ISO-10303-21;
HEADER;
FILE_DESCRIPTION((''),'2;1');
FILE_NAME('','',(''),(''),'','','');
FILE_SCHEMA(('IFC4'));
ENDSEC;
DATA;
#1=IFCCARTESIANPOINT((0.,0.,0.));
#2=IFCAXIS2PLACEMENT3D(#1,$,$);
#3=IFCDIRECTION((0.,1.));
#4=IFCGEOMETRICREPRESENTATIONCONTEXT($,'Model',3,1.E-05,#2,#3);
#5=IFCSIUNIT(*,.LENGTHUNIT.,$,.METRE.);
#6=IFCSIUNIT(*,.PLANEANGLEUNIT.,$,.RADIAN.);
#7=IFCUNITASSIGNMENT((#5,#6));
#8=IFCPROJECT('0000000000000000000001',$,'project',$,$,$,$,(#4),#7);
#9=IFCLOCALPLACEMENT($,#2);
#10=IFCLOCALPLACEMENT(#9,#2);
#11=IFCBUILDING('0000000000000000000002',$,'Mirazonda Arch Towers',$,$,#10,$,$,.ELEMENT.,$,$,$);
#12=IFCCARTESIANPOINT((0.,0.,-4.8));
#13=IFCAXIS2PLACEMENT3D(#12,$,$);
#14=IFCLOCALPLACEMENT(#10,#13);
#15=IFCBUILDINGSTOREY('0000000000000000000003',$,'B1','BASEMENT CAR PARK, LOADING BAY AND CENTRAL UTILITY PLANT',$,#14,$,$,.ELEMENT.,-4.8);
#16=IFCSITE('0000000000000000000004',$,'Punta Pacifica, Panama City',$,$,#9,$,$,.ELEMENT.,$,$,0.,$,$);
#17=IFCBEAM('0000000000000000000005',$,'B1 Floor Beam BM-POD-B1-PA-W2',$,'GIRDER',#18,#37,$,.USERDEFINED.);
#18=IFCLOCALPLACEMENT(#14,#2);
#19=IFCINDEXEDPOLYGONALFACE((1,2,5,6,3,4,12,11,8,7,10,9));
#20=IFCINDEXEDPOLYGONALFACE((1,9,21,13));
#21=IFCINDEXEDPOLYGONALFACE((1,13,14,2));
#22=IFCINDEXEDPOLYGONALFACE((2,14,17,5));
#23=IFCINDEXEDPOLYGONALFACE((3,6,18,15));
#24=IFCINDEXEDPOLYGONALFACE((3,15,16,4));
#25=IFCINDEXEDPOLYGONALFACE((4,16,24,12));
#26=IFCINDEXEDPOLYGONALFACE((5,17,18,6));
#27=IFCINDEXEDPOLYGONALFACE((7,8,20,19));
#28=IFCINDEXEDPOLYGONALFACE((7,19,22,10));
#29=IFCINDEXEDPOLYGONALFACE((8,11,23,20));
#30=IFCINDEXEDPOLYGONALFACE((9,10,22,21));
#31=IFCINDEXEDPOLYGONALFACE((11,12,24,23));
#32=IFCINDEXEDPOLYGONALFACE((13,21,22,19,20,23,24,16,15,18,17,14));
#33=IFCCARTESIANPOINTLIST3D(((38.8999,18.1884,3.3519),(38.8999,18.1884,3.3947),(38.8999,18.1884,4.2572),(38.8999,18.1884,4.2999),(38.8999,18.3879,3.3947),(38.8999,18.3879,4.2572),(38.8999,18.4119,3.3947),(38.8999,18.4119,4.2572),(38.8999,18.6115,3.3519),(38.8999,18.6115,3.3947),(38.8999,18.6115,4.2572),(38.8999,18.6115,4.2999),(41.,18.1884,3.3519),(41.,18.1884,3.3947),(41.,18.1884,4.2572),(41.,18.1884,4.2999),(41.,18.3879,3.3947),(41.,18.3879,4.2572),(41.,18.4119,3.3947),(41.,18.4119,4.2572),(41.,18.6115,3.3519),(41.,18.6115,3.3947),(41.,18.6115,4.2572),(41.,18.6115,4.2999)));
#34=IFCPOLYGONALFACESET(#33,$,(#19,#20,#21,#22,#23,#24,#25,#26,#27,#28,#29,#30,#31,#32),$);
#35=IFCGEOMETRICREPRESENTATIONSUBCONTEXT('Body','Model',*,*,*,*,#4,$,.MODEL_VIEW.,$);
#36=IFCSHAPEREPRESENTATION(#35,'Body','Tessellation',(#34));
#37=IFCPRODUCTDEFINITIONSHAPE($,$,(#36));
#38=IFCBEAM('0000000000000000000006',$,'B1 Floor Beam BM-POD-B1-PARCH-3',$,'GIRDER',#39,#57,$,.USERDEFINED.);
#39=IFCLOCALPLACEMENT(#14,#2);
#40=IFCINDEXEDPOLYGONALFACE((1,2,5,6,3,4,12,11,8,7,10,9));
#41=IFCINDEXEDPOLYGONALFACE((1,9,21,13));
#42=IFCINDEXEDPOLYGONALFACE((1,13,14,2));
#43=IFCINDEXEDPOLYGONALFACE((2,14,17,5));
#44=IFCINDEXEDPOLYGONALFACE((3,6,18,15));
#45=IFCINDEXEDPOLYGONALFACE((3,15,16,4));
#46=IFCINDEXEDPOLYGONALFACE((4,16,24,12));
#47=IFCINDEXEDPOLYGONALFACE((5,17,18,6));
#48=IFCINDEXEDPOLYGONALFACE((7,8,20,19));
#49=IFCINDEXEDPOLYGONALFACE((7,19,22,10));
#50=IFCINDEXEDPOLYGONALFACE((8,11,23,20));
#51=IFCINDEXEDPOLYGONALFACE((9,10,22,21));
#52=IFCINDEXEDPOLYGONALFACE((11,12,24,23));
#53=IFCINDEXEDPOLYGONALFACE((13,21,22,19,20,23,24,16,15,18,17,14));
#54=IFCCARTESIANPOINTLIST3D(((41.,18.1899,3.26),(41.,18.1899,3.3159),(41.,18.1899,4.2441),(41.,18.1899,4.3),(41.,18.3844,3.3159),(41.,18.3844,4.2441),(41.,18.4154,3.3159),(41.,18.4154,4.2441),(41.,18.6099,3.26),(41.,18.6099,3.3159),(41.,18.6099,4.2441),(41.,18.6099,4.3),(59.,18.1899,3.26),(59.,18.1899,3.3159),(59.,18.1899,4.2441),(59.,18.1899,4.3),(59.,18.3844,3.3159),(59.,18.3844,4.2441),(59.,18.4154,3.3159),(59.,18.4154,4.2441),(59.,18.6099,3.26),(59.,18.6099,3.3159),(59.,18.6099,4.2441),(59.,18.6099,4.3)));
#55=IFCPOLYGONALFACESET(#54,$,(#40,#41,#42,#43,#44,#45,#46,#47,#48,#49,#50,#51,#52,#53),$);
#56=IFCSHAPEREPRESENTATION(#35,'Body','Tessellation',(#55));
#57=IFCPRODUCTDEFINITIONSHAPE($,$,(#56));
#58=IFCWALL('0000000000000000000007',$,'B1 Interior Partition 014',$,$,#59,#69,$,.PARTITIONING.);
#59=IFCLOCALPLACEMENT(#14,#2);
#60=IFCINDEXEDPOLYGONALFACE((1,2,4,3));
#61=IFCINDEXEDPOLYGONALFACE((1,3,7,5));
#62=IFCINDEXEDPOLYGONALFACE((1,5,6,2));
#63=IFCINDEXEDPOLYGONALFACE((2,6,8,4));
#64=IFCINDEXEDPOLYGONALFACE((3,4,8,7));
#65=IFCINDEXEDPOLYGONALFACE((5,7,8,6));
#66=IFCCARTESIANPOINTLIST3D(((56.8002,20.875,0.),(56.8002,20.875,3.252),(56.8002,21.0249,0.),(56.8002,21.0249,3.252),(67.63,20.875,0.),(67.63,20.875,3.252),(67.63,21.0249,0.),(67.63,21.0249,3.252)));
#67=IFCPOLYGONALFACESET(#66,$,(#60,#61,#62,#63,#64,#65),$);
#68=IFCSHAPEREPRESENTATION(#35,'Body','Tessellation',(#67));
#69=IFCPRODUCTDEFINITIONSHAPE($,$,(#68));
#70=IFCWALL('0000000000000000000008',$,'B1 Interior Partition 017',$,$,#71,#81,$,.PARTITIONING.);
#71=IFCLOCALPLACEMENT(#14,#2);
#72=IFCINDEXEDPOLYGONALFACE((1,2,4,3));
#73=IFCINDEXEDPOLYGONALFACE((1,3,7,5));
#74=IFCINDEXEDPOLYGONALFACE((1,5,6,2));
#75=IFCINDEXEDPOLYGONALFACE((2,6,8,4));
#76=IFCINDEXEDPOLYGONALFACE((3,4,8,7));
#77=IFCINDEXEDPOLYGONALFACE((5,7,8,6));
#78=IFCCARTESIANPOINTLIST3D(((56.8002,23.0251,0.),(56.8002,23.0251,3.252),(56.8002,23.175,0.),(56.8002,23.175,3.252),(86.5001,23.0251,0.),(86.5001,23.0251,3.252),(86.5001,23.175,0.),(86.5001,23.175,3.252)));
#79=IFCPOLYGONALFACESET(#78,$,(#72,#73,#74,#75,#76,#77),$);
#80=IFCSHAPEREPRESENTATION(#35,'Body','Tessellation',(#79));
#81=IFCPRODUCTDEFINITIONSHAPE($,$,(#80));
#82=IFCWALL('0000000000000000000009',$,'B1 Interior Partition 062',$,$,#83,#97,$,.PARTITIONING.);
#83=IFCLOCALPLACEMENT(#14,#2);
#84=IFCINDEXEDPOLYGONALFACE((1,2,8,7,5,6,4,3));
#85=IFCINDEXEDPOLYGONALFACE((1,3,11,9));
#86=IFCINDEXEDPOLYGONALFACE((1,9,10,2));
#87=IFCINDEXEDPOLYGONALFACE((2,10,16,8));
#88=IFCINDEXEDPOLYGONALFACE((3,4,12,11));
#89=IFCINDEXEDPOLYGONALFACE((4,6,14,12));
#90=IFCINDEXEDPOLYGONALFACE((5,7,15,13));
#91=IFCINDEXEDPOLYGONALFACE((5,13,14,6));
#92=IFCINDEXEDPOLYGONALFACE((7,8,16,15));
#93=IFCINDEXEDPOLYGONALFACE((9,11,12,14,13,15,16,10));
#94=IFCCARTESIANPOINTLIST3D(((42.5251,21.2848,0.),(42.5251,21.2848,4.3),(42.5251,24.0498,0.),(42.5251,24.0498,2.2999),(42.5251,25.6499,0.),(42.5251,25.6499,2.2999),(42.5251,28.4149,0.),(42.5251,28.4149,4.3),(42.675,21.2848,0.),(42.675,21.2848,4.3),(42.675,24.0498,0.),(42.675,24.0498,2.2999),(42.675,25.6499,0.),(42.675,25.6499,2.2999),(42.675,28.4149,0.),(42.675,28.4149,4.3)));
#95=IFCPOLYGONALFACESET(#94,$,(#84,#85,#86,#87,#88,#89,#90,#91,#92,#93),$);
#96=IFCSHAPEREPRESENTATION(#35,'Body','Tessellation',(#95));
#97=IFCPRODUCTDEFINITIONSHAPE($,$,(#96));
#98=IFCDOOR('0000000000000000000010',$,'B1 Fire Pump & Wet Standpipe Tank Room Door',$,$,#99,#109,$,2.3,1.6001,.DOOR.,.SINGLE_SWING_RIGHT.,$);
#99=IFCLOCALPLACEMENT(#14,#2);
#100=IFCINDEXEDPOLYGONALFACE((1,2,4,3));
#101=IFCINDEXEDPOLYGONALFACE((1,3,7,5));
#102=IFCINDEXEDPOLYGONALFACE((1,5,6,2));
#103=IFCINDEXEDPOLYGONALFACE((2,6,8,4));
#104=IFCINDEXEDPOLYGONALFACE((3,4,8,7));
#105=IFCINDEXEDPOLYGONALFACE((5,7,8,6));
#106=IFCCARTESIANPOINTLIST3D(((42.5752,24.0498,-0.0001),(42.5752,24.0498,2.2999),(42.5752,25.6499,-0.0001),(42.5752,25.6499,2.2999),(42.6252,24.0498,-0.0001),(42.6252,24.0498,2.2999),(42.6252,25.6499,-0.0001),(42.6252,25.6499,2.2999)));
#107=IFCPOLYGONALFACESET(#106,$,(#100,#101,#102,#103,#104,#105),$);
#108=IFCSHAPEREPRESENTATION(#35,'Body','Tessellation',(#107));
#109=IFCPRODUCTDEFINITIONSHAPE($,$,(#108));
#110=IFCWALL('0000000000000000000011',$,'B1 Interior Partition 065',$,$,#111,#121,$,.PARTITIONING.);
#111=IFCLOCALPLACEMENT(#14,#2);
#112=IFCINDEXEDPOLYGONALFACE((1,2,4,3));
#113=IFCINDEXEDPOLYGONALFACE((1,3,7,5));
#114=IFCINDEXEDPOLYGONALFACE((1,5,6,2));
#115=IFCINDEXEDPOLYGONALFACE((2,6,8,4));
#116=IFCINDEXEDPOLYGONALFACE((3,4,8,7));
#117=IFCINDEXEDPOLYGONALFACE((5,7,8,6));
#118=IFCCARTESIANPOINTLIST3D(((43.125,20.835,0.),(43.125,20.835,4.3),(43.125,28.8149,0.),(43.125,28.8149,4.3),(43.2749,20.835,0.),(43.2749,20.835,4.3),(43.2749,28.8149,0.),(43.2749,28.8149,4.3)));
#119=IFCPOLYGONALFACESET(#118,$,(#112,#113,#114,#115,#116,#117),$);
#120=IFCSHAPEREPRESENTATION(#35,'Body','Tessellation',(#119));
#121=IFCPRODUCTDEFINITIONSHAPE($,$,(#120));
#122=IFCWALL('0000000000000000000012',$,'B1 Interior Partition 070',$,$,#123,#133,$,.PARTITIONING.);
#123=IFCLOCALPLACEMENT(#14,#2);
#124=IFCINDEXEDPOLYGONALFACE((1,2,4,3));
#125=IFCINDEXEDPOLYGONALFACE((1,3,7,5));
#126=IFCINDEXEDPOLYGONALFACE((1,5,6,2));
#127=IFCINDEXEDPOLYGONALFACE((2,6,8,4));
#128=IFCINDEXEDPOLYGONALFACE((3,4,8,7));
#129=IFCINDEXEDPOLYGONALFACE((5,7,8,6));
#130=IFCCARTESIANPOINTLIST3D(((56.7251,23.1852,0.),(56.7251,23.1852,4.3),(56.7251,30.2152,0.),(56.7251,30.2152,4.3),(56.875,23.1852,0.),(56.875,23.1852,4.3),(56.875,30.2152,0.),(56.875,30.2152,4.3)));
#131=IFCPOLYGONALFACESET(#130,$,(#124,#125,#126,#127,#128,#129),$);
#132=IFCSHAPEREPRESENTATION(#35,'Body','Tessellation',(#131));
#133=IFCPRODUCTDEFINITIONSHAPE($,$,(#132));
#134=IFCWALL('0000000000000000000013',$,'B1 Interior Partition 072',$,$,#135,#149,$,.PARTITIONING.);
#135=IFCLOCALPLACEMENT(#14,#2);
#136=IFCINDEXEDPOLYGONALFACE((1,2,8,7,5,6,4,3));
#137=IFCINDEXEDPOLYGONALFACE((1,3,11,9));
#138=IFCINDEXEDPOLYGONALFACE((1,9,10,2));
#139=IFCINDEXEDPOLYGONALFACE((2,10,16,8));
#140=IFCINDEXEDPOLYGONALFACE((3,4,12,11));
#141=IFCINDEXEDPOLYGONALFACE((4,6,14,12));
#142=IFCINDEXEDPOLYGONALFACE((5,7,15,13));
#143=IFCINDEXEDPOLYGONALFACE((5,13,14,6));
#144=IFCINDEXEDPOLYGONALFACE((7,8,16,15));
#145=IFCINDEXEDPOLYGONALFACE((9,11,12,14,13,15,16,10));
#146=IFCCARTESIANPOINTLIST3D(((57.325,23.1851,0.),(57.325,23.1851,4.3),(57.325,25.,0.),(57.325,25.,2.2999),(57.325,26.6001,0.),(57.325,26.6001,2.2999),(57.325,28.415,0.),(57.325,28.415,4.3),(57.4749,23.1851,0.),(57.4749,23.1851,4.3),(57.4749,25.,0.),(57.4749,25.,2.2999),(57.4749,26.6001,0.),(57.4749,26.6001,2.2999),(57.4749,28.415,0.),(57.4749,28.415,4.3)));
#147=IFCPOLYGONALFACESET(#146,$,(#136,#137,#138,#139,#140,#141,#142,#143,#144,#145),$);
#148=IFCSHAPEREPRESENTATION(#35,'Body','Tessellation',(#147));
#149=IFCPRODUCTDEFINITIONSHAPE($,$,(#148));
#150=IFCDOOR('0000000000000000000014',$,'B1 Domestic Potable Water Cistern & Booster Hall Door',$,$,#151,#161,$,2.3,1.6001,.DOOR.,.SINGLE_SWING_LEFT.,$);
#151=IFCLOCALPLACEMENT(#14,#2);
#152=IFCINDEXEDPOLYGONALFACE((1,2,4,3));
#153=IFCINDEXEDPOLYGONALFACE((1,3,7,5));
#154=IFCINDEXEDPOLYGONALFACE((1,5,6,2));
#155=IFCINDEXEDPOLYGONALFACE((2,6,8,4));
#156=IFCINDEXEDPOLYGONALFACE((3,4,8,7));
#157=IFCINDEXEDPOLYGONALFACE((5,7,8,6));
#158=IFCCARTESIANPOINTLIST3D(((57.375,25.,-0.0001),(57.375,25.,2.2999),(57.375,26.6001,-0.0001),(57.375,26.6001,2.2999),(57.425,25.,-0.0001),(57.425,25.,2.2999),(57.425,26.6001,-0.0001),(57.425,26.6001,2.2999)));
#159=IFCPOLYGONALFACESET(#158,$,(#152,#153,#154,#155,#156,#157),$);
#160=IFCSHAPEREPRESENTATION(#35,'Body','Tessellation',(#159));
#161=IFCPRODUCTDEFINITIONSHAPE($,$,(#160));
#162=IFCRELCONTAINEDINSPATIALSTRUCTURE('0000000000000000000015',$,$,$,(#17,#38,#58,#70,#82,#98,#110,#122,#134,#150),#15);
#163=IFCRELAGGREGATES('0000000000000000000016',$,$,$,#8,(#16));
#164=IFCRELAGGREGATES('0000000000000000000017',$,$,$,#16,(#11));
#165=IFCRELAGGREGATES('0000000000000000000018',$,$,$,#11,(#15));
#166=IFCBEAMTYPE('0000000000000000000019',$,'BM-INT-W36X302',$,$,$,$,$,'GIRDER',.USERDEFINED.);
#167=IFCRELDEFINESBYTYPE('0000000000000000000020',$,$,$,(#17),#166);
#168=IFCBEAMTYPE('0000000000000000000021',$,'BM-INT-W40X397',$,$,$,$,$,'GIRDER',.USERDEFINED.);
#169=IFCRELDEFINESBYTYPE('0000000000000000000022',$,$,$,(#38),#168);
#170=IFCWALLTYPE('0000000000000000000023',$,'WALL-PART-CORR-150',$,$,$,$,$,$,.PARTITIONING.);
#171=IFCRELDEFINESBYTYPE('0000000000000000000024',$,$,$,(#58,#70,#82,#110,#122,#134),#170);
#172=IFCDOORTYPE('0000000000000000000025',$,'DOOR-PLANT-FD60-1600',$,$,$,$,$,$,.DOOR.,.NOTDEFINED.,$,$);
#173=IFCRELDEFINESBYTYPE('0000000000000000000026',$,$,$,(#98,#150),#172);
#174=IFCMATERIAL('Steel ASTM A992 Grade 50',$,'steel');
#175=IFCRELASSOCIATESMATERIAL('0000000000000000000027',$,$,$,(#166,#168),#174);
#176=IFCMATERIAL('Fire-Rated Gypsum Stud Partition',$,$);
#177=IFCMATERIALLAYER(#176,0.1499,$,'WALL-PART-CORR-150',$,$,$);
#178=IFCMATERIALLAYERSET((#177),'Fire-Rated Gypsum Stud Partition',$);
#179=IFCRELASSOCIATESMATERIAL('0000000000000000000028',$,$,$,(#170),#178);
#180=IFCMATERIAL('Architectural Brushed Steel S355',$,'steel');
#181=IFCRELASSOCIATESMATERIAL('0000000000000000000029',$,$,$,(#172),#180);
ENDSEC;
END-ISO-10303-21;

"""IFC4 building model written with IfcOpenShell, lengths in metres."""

from ifc_helpers import new_model, si_unit, direction, frame, frame_2d, origin, origin_2d, place, context, subcontext, project, spatial, rectangle, i_section, extrude, material, layer, layer_set, material_profile, profile_set, type_object, element, fill, save


model = new_model("IFC4")

# Units and contexts
model_context = context("Model", 3, precision=1e-05, world=origin(), true_north=direction((0.0, 1.0)))
body_context = subcontext(model_context, "Body", "Model", "MODEL_VIEW")
ifc_project = project(units=[si_unit("LENGTHUNIT", "METRE"), si_unit("PLANEANGLEUNIT", "RADIAN")], contexts=[model_context])

# Site, building, storey
site_placement = place(None, origin())
site = spatial("IfcSite", under=ifc_project, at=site_placement, Name="Punta Pacifica, Panama City", CompositionType="ELEMENT", RefElevation=0.0)
building_placement = place(site_placement, origin())
building = spatial("IfcBuilding", under=site, at=building_placement, Name="Mirazonda Arch Towers", CompositionType="ELEMENT")
storey_placement = place(building_placement, frame((0.0, 0.0, -4.8)))
storey = spatial("IfcBuildingStorey", under=building, at=storey_placement, Name="B1", Description="BASEMENT CAR PARK, LOADING BAY AND CENTRAL UTILITY PLANT", CompositionType="ELEMENT", Elevation=-4.8)

# Beams
ifc_material_1 = material(Name="Steel ASTM A992 Grade 50", Category="steel")
ifc_material_profile_1 = material_profile(ifc_material_1, i_section(OverallWidth=0.4231, OverallDepth=0.948, WebThickness=0.0239, FlangeThickness=0.0427, at=origin_2d()), Name="W36X302")
ifc_profile_set_1 = profile_set([ifc_material_profile_1], Name="Steel ASTM A992 Grade 50")
beam_type_1 = type_object("IfcBeamType", Name="BM-INT-W36X302", ElementType="GIRDER", PredefinedType="USERDEFINED", material=ifc_profile_set_1)
beam_1_placement = place(storey_placement, frame((38.8999, 18.3999, 3.8259), z_axis=(1.0, 0.0, 0.0), x_axis=(0.0, 1.0, 0.0)))
element("IfcBeam", 1, at=beam_1_placement, inside=storey, type_object=beam_type_1, Name="B1 Floor Beam BM-POD-B1-PA-W2", ObjectType="GIRDER", PredefinedType="USERDEFINED", context=body_context, shape_type="SweptSolid", body=[
    extrude(i_section(OverallWidth=0.4231, OverallDepth=0.948, WebThickness=0.0239, FlangeThickness=0.0427, at=origin_2d()), origin(), (0.0, 0.0, 1.0), 2.1001),
])
ifc_material_profile_2 = material_profile(ifc_material_1, i_section(OverallWidth=0.4199, OverallDepth=1.04, WebThickness=0.031, FlangeThickness=0.0559, at=origin_2d()), Name="W40X397")
ifc_profile_set_2 = profile_set([ifc_material_profile_2], Name="Steel ASTM A992 Grade 50")
beam_type_2 = type_object("IfcBeamType", Name="BM-INT-W40X397", ElementType="GIRDER", PredefinedType="USERDEFINED", material=ifc_profile_set_2)
beam_2_placement = place(storey_placement, frame((41.0, 18.3999, 3.78), z_axis=(1.0, 0.0, 0.0), x_axis=(0.0, 1.0, 0.0)))
element("IfcBeam", 2, at=beam_2_placement, inside=storey, type_object=beam_type_2, Name="B1 Floor Beam BM-POD-B1-PARCH-3", ObjectType="GIRDER", PredefinedType="USERDEFINED", context=body_context, shape_type="SweptSolid", body=[
    extrude(i_section(OverallWidth=0.4199, OverallDepth=1.04, WebThickness=0.031, FlangeThickness=0.0559, at=origin_2d()), origin(), (0.0, 0.0, 1.0), 18.0),
])

# Walls
ifc_material_2 = material(Name="Fire-Rated Gypsum Stud Partition")
ifc_layer = layer(ifc_material_2, 0.1499, Name="WALL-PART-CORR-150")
ifc_layer_set = layer_set([ifc_layer], Name="Fire-Rated Gypsum Stud Partition")
wall_type = type_object("IfcWallType", Name="WALL-PART-CORR-150", PredefinedType="PARTITIONING", material=ifc_layer_set)
wall_1_placement = place(storey_placement, frame((56.8, 20.95, 0.0), z_axis=(0.0, 0.0, 1.0), x_axis=(1.0, 0.0, 0.0)))
element("IfcWall", 3, at=wall_1_placement, inside=storey, type_object=wall_type, Name="B1 Interior Partition 014", PredefinedType="PARTITIONING", context=body_context, shape_type="SweptSolid", body=[
    extrude(rectangle(XDim=10.8298, YDim=0.1499, at=frame_2d((5.415, 0.0))), origin(), (0.0, 0.0, 1.0), 3.252),
])
wall_2_placement = place(storey_placement, frame((56.8, 23.1001, 0.0), z_axis=(0.0, 0.0, 1.0), x_axis=(1.0, 0.0, 0.0)))
element("IfcWall", 4, at=wall_2_placement, inside=storey, type_object=wall_type, Name="B1 Interior Partition 017", PredefinedType="PARTITIONING", context=body_context, shape_type="SweptSolid", body=[
    extrude(rectangle(XDim=29.7, YDim=0.1499, at=frame_2d((14.8501, 0.0))), origin(), (0.0, 0.0, 1.0), 3.252),
])

# Wall, opening, door
wall_3_placement = place(storey_placement, frame((42.6001, 21.2849, 0.0), z_axis=(0.0, 0.0, 1.0), x_axis=(0.0, 1.0, 0.0)))
wall_3 = element("IfcWall", 5, at=wall_3_placement, inside=storey, type_object=wall_type, Name="B1 Interior Partition 062", PredefinedType="PARTITIONING", context=body_context, shape_type="SweptSolid", body=[
    extrude(rectangle(XDim=7.1301, YDim=0.1499, at=frame_2d((3.5649, 0.0))), origin(), (0.0, 0.0, 1.0), 4.3),
])
opening_1_placement = place(wall_3_placement, frame((2.7649, 0.0, 0.0)))
opening_1 = element("IfcOpeningElement", 6, at=opening_1_placement, cuts=wall_3, PredefinedType="OPENING", context=body_context, shape_type="SweptSolid", body=[
    extrude(rectangle(XDim=1.6001, YDim=2.3, at=frame_2d((0.8, 1.1499))), frame((0.0, 0.085, 0.0), z_axis=(0.0, -1.0, 0.0), x_axis=(1.0, 0.0, 0.0)), (0.0, 0.0, 1.0), 0.1699),
])
ifc_material_3 = material(Name="Architectural Brushed Steel S355", Category="steel")
door_type = type_object("IfcDoorType", Name="DOOR-PLANT-FD60-1600", OperationType="NOTDEFINED", PredefinedType="DOOR", material=ifc_material_3)
door_1_placement = place(opening_1_placement, origin())
door_1 = element("IfcDoor", 7, at=door_1_placement, inside=storey, type_object=door_type, Name="B1 Fire Pump & Wet Standpipe Tank Room Door", OperationType="SINGLE_SWING_RIGHT", OverallHeight=2.3, OverallWidth=1.6001, PredefinedType="DOOR", context=body_context, shape_type="SweptSolid", body=[
    extrude(rectangle(XDim=1.6001, YDim=2.3, at=frame_2d((0.8, 1.1499))), frame((0.0, 0.0249, 0.0), z_axis=(0.0, -1.0, 0.0), x_axis=(1.0, 0.0, 0.0)), (0.0, 0.0, 1.0), 0.05),
])
fill(opening_1, door_1)

# Walls
wall_4_placement = place(storey_placement, frame((43.2, 20.835, 0.0), z_axis=(0.0, 0.0, 1.0), x_axis=(0.0, 1.0, 0.0)))
element("IfcWall", 8, at=wall_4_placement, inside=storey, type_object=wall_type, Name="B1 Interior Partition 065", PredefinedType="PARTITIONING", context=body_context, shape_type="SweptSolid", body=[
    extrude(rectangle(XDim=7.98, YDim=0.1499, at=frame_2d((3.99, 0.0))), origin(), (0.0, 0.0, 1.0), 4.3),
])
wall_5_placement = place(storey_placement, frame((56.8, 23.1851, 0.0), z_axis=(0.0, 0.0, 1.0), x_axis=(0.0, 1.0, 0.0)))
element("IfcWall", 9, at=wall_5_placement, inside=storey, type_object=wall_type, Name="B1 Interior Partition 070", PredefinedType="PARTITIONING", context=body_context, shape_type="SweptSolid", body=[
    extrude(rectangle(XDim=7.03, YDim=0.1499, at=frame_2d((3.5151, 0.0))), origin(), (0.0, 0.0, 1.0), 4.3),
])

# Wall, opening, door
wall_6_placement = place(storey_placement, frame((57.3999, 23.1851, 0.0), z_axis=(0.0, 0.0, 1.0), x_axis=(0.0, 1.0, 0.0)))
wall_6 = element("IfcWall", 10, at=wall_6_placement, inside=storey, type_object=wall_type, Name="B1 Interior Partition 072", PredefinedType="PARTITIONING", context=body_context, shape_type="SweptSolid", body=[
    extrude(rectangle(XDim=5.23, YDim=0.1499, at=frame_2d((2.615, 0.0))), origin(), (0.0, 0.0, 1.0), 4.3),
])
opening_2_placement = place(wall_6_placement, frame((1.8149, 0.0, 0.0)))
opening_2 = element("IfcOpeningElement", 11, at=opening_2_placement, cuts=wall_6, PredefinedType="OPENING", context=body_context, shape_type="SweptSolid", body=[
    extrude(rectangle(XDim=1.6001, YDim=2.3, at=frame_2d((0.8, 1.1499))), frame((0.0, 0.085, 0.0), z_axis=(0.0, -1.0, 0.0), x_axis=(1.0, 0.0, 0.0)), (0.0, 0.0, 1.0), 0.1699),
])
door_2_placement = place(opening_2_placement, origin())
door_2 = element("IfcDoor", 12, at=door_2_placement, inside=storey, type_object=door_type, Name="B1 Domestic Potable Water Cistern & Booster Hall Door", OperationType="SINGLE_SWING_LEFT", OverallHeight=2.3, OverallWidth=1.6001, PredefinedType="DOOR", context=body_context, shape_type="SweptSolid", body=[
    extrude(rectangle(XDim=1.6001, YDim=2.3, at=frame_2d((0.8, 1.1499))), frame((0.0, 0.0249, 0.0), z_axis=(0.0, -1.0, 0.0), x_axis=(1.0, 0.0, 0.0)), (0.0, 0.0, 1.0), 0.05),
])
fill(opening_2, door_2)

save(model, "model.ifc")
